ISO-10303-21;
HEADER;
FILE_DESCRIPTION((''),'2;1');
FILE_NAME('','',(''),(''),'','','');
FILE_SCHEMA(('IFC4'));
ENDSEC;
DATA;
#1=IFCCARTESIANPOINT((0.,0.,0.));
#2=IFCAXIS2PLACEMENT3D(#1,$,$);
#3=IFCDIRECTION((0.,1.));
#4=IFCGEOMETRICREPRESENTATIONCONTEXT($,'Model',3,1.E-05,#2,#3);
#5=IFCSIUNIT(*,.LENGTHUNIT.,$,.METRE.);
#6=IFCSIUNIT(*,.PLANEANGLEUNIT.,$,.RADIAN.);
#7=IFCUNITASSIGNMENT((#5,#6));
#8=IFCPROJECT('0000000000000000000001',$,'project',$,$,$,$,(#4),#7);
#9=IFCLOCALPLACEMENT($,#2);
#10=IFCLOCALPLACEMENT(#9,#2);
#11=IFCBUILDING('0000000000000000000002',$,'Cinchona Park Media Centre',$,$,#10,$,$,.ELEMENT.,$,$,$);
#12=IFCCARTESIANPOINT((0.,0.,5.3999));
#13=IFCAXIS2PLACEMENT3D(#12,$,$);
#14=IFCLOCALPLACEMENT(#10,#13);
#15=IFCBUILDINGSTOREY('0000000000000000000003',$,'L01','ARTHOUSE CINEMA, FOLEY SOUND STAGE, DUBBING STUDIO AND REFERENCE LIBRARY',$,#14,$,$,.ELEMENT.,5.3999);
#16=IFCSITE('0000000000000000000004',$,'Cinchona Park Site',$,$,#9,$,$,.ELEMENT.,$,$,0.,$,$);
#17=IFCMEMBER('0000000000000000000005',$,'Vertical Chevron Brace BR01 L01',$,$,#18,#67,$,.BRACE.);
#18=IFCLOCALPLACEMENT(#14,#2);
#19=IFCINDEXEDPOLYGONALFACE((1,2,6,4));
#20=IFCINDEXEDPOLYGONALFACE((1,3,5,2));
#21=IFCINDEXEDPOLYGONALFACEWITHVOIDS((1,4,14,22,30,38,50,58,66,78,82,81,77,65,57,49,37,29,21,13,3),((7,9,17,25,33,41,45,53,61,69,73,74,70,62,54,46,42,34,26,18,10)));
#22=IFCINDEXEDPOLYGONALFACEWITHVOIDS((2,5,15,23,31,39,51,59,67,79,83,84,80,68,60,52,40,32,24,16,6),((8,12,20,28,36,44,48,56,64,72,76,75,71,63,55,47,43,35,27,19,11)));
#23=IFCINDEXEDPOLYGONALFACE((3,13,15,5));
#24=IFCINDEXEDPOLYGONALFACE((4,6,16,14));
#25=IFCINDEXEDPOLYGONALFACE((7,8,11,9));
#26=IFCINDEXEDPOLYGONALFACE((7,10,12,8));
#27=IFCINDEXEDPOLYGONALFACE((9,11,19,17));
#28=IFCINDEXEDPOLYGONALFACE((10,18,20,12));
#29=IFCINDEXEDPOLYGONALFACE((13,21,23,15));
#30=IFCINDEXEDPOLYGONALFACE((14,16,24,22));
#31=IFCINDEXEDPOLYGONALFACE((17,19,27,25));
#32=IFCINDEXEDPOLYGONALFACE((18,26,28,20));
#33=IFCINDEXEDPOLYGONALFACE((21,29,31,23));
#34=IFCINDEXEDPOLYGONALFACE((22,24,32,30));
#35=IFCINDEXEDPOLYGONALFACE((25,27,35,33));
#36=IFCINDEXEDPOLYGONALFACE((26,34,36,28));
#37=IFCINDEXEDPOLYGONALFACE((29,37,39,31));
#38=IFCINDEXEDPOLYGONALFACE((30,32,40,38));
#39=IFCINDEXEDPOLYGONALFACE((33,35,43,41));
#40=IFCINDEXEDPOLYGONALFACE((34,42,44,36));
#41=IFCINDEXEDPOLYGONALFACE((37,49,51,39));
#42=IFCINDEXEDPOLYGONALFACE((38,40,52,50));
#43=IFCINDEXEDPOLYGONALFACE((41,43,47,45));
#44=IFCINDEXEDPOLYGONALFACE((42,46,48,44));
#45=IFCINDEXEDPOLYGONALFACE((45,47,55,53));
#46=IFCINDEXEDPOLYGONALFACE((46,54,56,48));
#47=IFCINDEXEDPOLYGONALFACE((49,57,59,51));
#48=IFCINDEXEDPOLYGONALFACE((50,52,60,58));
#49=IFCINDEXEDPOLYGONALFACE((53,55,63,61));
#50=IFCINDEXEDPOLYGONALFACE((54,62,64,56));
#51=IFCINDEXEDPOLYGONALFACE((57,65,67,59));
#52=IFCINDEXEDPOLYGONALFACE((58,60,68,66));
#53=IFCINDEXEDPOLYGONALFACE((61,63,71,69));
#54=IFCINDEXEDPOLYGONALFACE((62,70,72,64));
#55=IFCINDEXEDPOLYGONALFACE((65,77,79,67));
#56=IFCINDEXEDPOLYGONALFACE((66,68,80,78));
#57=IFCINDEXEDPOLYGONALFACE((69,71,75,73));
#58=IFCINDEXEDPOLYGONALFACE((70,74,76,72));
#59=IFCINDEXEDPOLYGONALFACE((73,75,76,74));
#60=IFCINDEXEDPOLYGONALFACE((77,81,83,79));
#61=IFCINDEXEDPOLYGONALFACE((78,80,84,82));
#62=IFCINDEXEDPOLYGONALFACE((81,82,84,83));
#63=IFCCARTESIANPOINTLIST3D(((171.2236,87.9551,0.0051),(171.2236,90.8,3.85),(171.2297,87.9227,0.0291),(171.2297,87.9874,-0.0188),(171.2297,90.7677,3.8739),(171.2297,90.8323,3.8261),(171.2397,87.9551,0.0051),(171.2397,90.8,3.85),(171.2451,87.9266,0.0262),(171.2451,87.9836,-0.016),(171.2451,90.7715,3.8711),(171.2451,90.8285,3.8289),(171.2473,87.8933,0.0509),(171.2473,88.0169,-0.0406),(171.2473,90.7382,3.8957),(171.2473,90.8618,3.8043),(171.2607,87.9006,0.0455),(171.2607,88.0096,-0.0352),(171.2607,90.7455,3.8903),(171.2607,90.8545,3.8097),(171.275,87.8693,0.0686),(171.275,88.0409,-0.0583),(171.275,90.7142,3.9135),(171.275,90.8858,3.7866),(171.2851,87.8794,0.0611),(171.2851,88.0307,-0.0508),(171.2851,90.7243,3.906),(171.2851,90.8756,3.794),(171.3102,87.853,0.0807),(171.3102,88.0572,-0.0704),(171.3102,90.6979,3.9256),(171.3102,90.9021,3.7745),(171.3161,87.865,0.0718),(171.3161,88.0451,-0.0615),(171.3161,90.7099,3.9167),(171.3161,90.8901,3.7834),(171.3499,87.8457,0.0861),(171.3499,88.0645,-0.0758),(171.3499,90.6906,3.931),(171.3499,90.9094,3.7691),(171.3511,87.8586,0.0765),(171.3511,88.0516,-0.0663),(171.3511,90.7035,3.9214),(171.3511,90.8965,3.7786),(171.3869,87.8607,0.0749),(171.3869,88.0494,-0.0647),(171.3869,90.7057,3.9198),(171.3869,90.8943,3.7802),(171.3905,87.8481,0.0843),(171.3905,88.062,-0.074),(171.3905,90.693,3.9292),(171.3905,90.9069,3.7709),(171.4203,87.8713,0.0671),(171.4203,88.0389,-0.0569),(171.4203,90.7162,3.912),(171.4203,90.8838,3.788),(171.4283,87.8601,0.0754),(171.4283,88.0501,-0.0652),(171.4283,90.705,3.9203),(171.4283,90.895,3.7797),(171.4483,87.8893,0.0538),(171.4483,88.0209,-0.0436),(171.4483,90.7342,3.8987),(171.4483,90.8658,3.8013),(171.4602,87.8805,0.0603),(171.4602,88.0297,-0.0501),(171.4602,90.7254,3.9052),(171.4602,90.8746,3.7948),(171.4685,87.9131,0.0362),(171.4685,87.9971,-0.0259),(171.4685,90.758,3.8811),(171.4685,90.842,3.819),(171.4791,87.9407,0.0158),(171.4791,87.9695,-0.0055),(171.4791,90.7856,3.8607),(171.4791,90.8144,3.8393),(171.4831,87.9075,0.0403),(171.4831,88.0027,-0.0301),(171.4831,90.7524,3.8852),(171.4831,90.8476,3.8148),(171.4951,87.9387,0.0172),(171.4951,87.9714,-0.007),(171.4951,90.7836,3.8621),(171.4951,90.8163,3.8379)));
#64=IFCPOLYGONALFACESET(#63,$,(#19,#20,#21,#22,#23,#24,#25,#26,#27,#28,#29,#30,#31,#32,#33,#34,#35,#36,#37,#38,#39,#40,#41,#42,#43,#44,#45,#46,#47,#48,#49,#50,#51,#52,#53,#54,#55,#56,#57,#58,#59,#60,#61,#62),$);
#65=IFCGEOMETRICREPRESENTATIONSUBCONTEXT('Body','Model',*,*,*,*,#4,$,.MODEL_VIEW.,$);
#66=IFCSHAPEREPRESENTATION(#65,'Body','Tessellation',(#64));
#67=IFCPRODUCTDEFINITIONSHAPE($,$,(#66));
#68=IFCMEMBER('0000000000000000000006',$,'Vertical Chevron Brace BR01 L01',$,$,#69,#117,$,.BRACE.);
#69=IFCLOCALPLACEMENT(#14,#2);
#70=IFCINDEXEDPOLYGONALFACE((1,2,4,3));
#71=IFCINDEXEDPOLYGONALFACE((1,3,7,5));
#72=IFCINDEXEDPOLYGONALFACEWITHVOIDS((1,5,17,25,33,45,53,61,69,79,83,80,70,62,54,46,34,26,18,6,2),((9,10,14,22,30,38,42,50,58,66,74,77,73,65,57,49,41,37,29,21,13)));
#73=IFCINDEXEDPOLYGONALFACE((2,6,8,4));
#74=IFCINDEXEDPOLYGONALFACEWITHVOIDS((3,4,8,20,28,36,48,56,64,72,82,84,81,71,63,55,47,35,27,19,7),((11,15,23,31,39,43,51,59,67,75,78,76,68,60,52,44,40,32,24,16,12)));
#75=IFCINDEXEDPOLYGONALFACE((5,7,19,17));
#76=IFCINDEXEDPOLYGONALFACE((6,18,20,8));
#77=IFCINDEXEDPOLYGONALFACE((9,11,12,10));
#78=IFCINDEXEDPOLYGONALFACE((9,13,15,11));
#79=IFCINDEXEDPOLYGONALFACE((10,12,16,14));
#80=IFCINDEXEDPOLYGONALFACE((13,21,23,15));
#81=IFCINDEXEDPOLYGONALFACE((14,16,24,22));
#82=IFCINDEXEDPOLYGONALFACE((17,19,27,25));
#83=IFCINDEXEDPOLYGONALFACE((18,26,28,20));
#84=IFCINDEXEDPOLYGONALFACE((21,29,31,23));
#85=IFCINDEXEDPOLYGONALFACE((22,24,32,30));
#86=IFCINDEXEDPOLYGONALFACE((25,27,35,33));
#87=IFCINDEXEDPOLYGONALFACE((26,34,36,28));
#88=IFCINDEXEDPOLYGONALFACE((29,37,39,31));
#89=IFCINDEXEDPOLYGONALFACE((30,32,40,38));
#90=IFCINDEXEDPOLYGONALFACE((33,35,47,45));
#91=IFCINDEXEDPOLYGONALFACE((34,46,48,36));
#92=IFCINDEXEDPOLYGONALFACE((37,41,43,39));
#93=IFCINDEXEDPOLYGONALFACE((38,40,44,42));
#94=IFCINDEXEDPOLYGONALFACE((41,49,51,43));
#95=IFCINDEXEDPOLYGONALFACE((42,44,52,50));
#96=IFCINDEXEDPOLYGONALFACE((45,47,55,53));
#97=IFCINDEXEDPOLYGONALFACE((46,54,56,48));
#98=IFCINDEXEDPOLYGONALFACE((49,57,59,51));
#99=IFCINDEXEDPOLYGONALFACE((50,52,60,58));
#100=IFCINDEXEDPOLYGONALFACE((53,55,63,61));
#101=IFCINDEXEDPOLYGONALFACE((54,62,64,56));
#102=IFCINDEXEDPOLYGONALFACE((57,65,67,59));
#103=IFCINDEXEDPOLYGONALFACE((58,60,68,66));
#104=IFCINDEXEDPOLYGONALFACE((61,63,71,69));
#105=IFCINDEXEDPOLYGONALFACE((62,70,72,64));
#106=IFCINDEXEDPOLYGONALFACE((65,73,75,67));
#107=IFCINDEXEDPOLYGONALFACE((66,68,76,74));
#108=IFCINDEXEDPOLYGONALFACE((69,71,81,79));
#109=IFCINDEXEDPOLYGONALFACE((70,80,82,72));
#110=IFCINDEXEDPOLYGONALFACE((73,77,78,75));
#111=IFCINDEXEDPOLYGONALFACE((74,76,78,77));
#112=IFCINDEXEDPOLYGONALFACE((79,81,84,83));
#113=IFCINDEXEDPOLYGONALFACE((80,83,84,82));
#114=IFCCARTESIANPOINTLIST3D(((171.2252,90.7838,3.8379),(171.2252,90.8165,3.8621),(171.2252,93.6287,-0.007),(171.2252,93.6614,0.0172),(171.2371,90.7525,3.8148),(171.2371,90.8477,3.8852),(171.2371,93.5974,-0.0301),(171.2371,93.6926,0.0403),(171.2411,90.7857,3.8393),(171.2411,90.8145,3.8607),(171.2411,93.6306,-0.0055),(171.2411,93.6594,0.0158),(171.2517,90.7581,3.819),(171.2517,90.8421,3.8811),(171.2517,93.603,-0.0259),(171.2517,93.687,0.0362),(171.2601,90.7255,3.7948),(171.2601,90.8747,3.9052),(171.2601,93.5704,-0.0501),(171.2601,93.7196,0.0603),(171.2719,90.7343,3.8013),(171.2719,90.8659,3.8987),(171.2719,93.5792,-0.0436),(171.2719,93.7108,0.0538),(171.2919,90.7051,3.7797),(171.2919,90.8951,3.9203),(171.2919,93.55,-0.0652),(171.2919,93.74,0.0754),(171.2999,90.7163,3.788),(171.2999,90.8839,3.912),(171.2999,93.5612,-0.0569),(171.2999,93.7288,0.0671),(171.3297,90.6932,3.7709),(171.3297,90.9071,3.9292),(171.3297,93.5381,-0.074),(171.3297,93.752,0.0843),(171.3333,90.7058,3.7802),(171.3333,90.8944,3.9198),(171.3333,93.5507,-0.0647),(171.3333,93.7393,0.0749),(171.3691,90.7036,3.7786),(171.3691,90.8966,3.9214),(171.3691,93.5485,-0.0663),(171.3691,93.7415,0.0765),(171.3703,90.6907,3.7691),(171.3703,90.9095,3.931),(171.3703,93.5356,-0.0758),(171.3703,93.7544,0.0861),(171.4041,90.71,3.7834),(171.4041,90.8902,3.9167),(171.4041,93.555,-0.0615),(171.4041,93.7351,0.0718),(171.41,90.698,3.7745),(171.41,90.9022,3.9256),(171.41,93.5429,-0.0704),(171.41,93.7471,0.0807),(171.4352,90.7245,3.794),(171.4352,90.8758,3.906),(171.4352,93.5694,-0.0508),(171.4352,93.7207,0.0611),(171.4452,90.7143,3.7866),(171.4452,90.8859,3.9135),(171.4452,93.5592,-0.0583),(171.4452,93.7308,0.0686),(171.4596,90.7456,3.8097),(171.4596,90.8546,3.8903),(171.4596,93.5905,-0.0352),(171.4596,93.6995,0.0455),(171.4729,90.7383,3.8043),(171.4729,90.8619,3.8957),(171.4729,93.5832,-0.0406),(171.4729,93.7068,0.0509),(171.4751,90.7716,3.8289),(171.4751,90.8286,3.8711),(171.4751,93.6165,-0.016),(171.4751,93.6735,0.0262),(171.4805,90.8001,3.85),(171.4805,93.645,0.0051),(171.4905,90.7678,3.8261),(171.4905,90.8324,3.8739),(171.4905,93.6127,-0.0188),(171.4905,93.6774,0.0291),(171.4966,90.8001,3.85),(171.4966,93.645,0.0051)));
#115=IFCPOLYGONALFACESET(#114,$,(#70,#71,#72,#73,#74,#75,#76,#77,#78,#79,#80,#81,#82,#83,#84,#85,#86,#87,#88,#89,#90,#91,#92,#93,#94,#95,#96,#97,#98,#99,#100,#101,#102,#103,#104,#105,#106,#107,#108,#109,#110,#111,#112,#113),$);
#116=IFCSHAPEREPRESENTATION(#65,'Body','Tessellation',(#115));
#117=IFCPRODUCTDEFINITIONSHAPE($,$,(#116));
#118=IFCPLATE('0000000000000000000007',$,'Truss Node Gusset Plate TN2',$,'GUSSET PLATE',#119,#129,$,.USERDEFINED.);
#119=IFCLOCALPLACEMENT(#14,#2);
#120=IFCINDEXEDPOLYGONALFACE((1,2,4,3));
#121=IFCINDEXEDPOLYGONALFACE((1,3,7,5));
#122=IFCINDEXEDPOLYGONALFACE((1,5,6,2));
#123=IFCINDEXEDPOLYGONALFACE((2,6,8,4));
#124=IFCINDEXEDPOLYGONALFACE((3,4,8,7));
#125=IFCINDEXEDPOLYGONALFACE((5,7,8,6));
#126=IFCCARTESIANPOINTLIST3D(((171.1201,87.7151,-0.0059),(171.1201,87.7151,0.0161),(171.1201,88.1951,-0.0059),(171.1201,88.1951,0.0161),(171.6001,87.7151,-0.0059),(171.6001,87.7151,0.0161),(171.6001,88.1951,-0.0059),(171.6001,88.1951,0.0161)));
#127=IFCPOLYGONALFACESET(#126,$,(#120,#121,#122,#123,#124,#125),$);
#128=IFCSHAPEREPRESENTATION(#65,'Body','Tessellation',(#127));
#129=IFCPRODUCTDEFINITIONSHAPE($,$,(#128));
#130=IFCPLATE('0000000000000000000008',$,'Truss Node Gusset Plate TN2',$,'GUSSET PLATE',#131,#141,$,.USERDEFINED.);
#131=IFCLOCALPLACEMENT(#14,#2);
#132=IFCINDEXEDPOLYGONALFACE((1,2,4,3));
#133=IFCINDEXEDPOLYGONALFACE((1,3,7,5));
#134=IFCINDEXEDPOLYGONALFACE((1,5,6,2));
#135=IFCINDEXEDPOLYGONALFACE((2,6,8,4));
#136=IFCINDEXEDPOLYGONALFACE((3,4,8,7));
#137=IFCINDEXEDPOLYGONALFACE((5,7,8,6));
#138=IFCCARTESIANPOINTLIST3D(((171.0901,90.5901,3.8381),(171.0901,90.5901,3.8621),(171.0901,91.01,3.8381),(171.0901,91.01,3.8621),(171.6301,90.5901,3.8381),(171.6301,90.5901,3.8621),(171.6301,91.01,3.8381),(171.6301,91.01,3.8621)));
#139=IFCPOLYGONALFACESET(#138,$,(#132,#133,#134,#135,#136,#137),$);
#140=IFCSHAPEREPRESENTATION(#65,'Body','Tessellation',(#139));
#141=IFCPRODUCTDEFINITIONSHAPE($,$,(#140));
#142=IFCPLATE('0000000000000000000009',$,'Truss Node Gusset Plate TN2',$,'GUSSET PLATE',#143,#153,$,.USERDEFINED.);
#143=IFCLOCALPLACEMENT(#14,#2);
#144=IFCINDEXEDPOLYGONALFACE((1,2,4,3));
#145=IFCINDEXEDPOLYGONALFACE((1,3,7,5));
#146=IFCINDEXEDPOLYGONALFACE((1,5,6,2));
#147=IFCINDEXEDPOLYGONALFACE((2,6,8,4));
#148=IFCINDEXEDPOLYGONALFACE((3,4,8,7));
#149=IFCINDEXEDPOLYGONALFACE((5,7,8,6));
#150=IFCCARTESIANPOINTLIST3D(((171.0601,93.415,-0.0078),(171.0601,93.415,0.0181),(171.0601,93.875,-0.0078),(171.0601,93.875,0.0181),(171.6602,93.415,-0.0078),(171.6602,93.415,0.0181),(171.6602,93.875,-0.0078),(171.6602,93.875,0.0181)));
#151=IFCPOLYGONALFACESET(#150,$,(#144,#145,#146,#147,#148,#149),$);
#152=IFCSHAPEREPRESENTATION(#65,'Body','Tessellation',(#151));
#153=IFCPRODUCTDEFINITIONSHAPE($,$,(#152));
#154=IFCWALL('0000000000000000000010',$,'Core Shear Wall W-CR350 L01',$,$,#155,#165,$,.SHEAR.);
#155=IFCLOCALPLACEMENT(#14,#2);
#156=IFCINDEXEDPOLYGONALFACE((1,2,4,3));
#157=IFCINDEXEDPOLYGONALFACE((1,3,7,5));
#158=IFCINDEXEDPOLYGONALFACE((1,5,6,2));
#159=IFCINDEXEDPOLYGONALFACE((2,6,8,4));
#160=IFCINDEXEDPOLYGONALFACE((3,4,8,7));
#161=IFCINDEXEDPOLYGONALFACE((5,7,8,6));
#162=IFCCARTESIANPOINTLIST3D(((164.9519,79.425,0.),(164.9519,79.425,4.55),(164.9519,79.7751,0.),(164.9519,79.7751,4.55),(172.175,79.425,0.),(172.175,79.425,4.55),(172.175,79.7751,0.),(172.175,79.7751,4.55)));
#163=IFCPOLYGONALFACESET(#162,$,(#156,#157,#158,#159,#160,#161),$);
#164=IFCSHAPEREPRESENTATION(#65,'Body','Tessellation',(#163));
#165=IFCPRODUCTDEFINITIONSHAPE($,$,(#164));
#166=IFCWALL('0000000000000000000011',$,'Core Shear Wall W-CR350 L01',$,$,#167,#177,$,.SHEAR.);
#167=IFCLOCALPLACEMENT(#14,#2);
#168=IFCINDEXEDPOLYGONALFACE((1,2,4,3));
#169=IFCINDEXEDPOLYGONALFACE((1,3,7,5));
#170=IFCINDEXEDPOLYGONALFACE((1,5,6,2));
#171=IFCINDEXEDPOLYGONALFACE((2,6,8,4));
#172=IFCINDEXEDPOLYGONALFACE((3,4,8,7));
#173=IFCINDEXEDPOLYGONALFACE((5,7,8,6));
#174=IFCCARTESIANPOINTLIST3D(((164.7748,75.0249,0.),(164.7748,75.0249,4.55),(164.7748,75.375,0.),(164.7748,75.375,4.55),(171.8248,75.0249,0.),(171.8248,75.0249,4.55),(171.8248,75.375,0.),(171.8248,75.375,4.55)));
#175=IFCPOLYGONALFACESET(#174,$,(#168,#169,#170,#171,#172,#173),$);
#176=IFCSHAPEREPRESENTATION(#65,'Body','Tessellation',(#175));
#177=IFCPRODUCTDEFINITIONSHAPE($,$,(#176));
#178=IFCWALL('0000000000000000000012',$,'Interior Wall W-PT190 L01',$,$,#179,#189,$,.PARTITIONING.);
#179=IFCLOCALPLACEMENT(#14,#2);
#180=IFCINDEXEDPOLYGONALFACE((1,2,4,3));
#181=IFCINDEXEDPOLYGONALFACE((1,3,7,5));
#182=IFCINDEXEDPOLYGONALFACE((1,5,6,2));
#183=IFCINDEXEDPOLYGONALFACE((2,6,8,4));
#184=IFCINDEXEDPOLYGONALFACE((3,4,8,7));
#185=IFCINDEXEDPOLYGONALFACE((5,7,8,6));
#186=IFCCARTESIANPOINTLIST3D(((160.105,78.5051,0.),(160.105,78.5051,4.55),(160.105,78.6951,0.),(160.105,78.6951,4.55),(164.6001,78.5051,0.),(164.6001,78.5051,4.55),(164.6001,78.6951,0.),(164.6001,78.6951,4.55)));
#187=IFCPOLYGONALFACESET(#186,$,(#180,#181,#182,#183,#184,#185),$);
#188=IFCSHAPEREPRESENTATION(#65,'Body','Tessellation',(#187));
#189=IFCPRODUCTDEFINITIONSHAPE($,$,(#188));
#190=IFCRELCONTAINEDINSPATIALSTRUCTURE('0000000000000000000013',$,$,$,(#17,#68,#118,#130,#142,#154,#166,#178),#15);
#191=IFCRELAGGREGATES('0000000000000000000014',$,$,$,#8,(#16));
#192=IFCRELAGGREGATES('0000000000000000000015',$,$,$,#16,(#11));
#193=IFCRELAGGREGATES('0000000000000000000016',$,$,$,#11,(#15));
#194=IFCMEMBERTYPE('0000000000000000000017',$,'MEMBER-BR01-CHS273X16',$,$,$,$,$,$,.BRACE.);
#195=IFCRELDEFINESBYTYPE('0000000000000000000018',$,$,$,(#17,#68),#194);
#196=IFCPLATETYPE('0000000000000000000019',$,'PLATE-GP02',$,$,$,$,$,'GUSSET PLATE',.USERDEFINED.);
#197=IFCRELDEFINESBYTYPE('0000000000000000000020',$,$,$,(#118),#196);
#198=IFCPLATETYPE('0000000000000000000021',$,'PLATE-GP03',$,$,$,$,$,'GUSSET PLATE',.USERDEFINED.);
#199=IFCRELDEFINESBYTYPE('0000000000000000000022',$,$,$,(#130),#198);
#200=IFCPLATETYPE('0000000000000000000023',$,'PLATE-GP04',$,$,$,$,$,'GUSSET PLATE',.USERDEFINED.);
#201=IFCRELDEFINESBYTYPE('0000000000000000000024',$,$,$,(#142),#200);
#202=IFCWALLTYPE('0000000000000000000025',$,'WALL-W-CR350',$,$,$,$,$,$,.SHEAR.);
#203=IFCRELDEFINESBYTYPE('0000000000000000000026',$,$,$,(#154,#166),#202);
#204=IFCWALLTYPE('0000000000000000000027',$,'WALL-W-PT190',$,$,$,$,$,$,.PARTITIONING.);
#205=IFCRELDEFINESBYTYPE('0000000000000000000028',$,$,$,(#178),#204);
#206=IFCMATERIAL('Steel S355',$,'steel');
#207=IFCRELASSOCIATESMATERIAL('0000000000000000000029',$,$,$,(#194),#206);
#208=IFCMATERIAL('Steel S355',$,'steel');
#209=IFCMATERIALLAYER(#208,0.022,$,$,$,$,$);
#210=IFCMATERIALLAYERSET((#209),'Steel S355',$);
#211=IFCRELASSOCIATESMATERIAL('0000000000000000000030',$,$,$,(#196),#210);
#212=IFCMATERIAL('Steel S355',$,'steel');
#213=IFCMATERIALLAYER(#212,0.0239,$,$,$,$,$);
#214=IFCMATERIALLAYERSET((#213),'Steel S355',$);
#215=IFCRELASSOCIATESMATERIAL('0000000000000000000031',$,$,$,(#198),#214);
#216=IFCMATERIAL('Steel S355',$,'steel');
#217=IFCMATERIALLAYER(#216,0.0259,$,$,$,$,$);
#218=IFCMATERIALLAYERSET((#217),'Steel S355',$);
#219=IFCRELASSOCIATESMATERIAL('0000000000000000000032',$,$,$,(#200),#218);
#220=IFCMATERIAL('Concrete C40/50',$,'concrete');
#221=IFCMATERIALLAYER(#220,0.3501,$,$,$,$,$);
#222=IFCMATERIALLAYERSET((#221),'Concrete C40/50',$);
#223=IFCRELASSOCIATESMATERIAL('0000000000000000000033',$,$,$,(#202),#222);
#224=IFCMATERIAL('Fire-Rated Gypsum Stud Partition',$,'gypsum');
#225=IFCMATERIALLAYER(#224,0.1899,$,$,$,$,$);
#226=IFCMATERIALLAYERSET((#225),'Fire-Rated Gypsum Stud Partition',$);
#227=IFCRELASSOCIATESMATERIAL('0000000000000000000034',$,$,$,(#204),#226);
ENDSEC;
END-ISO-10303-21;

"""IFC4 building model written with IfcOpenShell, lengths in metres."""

from ifc_helpers import new_model, si_unit, direction, frame, frame_2d, origin, origin_2d, place, context, subcontext, project, spatial, rectangle, hollow_circle, extrude, material, layer, layer_set, material_profile, profile_set, type_object, element, save


model = new_model("IFC4")

# Units and contexts
model_context = context("Model", 3, precision=1e-05, world=origin(), true_north=direction((0.0, 1.0)))
body_context = subcontext(model_context, "Body", "Model", "MODEL_VIEW")
ifc_project = project(units=[si_unit("LENGTHUNIT", "METRE"), si_unit("PLANEANGLEUNIT", "RADIAN")], contexts=[model_context])

# Site, building, storey
site_placement = place(None, origin())
site = spatial("IfcSite", under=ifc_project, at=site_placement, Name="Cinchona Park Site", CompositionType="ELEMENT", RefElevation=0.0)
building_placement = place(site_placement, origin())
building = spatial("IfcBuilding", under=site, at=building_placement, Name="Cinchona Park Media Centre", CompositionType="ELEMENT")
storey_placement = place(building_placement, frame((0.0, 0.0, 5.3999)))
storey = spatial("IfcBuildingStorey", under=building, at=storey_placement, Name="L01", Description="ARTHOUSE CINEMA, FOLEY SOUND STAGE, DUBBING STUDIO AND REFERENCE LIBRARY", CompositionType="ELEMENT", Elevation=5.3999)

# Members
ifc_material_1 = material(Name="Steel S355", Category="steel")
ifc_material_profile_1 = material_profile(ifc_material_1, hollow_circle(Radius=0.1365, WallThickness=0.0161, at=origin_2d()), Name="273X16CHS")
ifc_profile_set_1 = profile_set([ifc_material_profile_1], Name="Steel S355")
member_type = type_object("IfcMemberType", Name="MEMBER-BR01-CHS273X16", PredefinedType="BRACE", material=ifc_profile_set_1)
for number, where, z_axis, x_axis, name in (
    (1, (171.3601, 87.9551, 0.0051), (0.0, 0.594801, 0.803873), (-1.0, 0.0, 0.0), "Vertical Chevron Brace BR01 L01"),
    (2, (171.3601, 93.645, 0.0051), (0.0, -0.594801, 0.803873), (1.0, 0.0, 0.0), "Vertical Chevron Brace BR01 L01"),
):
    element("IfcMember", number, at=place(storey_placement, frame(where, z_axis=z_axis, x_axis=x_axis)), inside=storey, type_object=member_type, Name=name, PredefinedType="BRACE", context=body_context, shape_type="SweptSolid", body=[
        extrude(hollow_circle(Radius=0.1365, WallThickness=0.0161, at=origin_2d()), origin(), (0.0, 0.0, 1.0), 4.783),
    ])

# Plates
ifc_material_2 = material(Name="Steel S355", Category="steel")
ifc_layer_1 = layer(ifc_material_2, 0.022)
ifc_layer_set_1 = layer_set([ifc_layer_1], Name="Steel S355")
plate_type_1 = type_object("IfcPlateType", Name="PLATE-GP02", ElementType="GUSSET PLATE", PredefinedType="USERDEFINED", material=ifc_layer_set_1)
plate_1_placement = place(storey_placement, frame((171.3601, 87.9551, -0.0059), z_axis=(0.0, 0.0, 1.0), x_axis=(1.0, 0.0, 0.0)))
element("IfcPlate", 3, at=plate_1_placement, inside=storey, type_object=plate_type_1, Name="Truss Node Gusset Plate TN2", ObjectType="GUSSET PLATE", PredefinedType="USERDEFINED", context=body_context, shape_type="SweptSolid", body=[
    extrude(rectangle(XDim=0.48, YDim=0.48, at=origin_2d()), origin(), (0.0, 0.0, 1.0), 0.022),
])
ifc_material_3 = material(Name="Steel S355", Category="steel")
ifc_layer_2 = layer(ifc_material_3, 0.0239)
ifc_layer_set_2 = layer_set([ifc_layer_2], Name="Steel S355")
plate_type_2 = type_object("IfcPlateType", Name="PLATE-GP03", ElementType="GUSSET PLATE", PredefinedType="USERDEFINED", material=ifc_layer_set_2)
plate_2_placement = place(storey_placement, frame((171.3601, 90.8, 3.8381), z_axis=(0.0, 0.0, 1.0), x_axis=(1.0, 0.0, 0.0)))
element("IfcPlate", 4, at=plate_2_placement, inside=storey, type_object=plate_type_2, Name="Truss Node Gusset Plate TN2", ObjectType="GUSSET PLATE", PredefinedType="USERDEFINED", context=body_context, shape_type="SweptSolid", body=[
    extrude(rectangle(XDim=0.54, YDim=0.4199, at=origin_2d()), origin(), (0.0, 0.0, 1.0), 0.0239),
])
ifc_material_4 = material(Name="Steel S355", Category="steel")
ifc_layer_3 = layer(ifc_material_4, 0.0259)
ifc_layer_set_3 = layer_set([ifc_layer_3], Name="Steel S355")
plate_type_3 = type_object("IfcPlateType", Name="PLATE-GP04", ElementType="GUSSET PLATE", PredefinedType="USERDEFINED", material=ifc_layer_set_3)
plate_3_placement = place(storey_placement, frame((171.3601, 93.645, -0.0078), z_axis=(0.0, 0.0, 1.0), x_axis=(1.0, 0.0, 0.0)))
element("IfcPlate", 5, at=plate_3_placement, inside=storey, type_object=plate_type_3, Name="Truss Node Gusset Plate TN2", ObjectType="GUSSET PLATE", PredefinedType="USERDEFINED", context=body_context, shape_type="SweptSolid", body=[
    extrude(rectangle(XDim=0.6001, YDim=0.46, at=origin_2d()), origin(), (0.0, 0.0, 1.0), 0.0259),
])

# Walls
ifc_material_5 = material(Name="Concrete C40/50", Category="concrete")
ifc_layer_4 = layer(ifc_material_5, 0.3501)
ifc_layer_set_4 = layer_set([ifc_layer_4], Name="Concrete C40/50")
wall_type_1 = type_object("IfcWallType", Name="WALL-W-CR350", PredefinedType="SHEAR", material=ifc_layer_set_4)
wall_1_placement = place(storey_placement, frame((164.9519, 79.6001, 0.0), z_axis=(0.0, 0.0, 1.0), x_axis=(1.0, 0.0, 0.0)))
element("IfcWall", 6, at=wall_1_placement, inside=storey, type_object=wall_type_1, Name="Core Shear Wall W-CR350 L01", PredefinedType="SHEAR", context=body_context, shape_type="SweptSolid", body=[
    extrude(rectangle(XDim=7.2231, YDim=0.3501, at=frame_2d((3.6116, 0.0))), origin(), (0.0, 0.0, 1.0), 4.55),
])
wall_2_placement = place(storey_placement, frame((164.7749, 75.2, 0.0), z_axis=(0.0, 0.0, 1.0), x_axis=(1.0, 0.0, 0.0)))
element("IfcWall", 7, at=wall_2_placement, inside=storey, type_object=wall_type_1, Name="Core Shear Wall W-CR350 L01", PredefinedType="SHEAR", context=body_context, shape_type="SweptSolid", body=[
    extrude(rectangle(XDim=7.05, YDim=0.3501, at=frame_2d((3.5249, 0.0))), origin(), (0.0, 0.0, 1.0), 4.55),
])
ifc_material_6 = material(Name="Fire-Rated Gypsum Stud Partition", Category="gypsum")
ifc_layer_5 = layer(ifc_material_6, 0.1899)
ifc_layer_set_5 = layer_set([ifc_layer_5], Name="Fire-Rated Gypsum Stud Partition")
wall_type_2 = type_object("IfcWallType", Name="WALL-W-PT190", PredefinedType="PARTITIONING", material=ifc_layer_set_5)
wall_3_placement = place(storey_placement, frame((160.105, 78.6001, 0.0), z_axis=(0.0, 0.0, 1.0), x_axis=(1.0, 0.0, 0.0)))
element("IfcWall", 8, at=wall_3_placement, inside=storey, type_object=wall_type_2, Name="Interior Wall W-PT190 L01", PredefinedType="PARTITIONING", context=body_context, shape_type="SweptSolid", body=[
    extrude(rectangle(XDim=4.4951, YDim=0.1899, at=frame_2d((2.2476, 0.0))), origin(), (0.0, 0.0, 1.0), 4.55),
])

save(model, "model.ifc")
